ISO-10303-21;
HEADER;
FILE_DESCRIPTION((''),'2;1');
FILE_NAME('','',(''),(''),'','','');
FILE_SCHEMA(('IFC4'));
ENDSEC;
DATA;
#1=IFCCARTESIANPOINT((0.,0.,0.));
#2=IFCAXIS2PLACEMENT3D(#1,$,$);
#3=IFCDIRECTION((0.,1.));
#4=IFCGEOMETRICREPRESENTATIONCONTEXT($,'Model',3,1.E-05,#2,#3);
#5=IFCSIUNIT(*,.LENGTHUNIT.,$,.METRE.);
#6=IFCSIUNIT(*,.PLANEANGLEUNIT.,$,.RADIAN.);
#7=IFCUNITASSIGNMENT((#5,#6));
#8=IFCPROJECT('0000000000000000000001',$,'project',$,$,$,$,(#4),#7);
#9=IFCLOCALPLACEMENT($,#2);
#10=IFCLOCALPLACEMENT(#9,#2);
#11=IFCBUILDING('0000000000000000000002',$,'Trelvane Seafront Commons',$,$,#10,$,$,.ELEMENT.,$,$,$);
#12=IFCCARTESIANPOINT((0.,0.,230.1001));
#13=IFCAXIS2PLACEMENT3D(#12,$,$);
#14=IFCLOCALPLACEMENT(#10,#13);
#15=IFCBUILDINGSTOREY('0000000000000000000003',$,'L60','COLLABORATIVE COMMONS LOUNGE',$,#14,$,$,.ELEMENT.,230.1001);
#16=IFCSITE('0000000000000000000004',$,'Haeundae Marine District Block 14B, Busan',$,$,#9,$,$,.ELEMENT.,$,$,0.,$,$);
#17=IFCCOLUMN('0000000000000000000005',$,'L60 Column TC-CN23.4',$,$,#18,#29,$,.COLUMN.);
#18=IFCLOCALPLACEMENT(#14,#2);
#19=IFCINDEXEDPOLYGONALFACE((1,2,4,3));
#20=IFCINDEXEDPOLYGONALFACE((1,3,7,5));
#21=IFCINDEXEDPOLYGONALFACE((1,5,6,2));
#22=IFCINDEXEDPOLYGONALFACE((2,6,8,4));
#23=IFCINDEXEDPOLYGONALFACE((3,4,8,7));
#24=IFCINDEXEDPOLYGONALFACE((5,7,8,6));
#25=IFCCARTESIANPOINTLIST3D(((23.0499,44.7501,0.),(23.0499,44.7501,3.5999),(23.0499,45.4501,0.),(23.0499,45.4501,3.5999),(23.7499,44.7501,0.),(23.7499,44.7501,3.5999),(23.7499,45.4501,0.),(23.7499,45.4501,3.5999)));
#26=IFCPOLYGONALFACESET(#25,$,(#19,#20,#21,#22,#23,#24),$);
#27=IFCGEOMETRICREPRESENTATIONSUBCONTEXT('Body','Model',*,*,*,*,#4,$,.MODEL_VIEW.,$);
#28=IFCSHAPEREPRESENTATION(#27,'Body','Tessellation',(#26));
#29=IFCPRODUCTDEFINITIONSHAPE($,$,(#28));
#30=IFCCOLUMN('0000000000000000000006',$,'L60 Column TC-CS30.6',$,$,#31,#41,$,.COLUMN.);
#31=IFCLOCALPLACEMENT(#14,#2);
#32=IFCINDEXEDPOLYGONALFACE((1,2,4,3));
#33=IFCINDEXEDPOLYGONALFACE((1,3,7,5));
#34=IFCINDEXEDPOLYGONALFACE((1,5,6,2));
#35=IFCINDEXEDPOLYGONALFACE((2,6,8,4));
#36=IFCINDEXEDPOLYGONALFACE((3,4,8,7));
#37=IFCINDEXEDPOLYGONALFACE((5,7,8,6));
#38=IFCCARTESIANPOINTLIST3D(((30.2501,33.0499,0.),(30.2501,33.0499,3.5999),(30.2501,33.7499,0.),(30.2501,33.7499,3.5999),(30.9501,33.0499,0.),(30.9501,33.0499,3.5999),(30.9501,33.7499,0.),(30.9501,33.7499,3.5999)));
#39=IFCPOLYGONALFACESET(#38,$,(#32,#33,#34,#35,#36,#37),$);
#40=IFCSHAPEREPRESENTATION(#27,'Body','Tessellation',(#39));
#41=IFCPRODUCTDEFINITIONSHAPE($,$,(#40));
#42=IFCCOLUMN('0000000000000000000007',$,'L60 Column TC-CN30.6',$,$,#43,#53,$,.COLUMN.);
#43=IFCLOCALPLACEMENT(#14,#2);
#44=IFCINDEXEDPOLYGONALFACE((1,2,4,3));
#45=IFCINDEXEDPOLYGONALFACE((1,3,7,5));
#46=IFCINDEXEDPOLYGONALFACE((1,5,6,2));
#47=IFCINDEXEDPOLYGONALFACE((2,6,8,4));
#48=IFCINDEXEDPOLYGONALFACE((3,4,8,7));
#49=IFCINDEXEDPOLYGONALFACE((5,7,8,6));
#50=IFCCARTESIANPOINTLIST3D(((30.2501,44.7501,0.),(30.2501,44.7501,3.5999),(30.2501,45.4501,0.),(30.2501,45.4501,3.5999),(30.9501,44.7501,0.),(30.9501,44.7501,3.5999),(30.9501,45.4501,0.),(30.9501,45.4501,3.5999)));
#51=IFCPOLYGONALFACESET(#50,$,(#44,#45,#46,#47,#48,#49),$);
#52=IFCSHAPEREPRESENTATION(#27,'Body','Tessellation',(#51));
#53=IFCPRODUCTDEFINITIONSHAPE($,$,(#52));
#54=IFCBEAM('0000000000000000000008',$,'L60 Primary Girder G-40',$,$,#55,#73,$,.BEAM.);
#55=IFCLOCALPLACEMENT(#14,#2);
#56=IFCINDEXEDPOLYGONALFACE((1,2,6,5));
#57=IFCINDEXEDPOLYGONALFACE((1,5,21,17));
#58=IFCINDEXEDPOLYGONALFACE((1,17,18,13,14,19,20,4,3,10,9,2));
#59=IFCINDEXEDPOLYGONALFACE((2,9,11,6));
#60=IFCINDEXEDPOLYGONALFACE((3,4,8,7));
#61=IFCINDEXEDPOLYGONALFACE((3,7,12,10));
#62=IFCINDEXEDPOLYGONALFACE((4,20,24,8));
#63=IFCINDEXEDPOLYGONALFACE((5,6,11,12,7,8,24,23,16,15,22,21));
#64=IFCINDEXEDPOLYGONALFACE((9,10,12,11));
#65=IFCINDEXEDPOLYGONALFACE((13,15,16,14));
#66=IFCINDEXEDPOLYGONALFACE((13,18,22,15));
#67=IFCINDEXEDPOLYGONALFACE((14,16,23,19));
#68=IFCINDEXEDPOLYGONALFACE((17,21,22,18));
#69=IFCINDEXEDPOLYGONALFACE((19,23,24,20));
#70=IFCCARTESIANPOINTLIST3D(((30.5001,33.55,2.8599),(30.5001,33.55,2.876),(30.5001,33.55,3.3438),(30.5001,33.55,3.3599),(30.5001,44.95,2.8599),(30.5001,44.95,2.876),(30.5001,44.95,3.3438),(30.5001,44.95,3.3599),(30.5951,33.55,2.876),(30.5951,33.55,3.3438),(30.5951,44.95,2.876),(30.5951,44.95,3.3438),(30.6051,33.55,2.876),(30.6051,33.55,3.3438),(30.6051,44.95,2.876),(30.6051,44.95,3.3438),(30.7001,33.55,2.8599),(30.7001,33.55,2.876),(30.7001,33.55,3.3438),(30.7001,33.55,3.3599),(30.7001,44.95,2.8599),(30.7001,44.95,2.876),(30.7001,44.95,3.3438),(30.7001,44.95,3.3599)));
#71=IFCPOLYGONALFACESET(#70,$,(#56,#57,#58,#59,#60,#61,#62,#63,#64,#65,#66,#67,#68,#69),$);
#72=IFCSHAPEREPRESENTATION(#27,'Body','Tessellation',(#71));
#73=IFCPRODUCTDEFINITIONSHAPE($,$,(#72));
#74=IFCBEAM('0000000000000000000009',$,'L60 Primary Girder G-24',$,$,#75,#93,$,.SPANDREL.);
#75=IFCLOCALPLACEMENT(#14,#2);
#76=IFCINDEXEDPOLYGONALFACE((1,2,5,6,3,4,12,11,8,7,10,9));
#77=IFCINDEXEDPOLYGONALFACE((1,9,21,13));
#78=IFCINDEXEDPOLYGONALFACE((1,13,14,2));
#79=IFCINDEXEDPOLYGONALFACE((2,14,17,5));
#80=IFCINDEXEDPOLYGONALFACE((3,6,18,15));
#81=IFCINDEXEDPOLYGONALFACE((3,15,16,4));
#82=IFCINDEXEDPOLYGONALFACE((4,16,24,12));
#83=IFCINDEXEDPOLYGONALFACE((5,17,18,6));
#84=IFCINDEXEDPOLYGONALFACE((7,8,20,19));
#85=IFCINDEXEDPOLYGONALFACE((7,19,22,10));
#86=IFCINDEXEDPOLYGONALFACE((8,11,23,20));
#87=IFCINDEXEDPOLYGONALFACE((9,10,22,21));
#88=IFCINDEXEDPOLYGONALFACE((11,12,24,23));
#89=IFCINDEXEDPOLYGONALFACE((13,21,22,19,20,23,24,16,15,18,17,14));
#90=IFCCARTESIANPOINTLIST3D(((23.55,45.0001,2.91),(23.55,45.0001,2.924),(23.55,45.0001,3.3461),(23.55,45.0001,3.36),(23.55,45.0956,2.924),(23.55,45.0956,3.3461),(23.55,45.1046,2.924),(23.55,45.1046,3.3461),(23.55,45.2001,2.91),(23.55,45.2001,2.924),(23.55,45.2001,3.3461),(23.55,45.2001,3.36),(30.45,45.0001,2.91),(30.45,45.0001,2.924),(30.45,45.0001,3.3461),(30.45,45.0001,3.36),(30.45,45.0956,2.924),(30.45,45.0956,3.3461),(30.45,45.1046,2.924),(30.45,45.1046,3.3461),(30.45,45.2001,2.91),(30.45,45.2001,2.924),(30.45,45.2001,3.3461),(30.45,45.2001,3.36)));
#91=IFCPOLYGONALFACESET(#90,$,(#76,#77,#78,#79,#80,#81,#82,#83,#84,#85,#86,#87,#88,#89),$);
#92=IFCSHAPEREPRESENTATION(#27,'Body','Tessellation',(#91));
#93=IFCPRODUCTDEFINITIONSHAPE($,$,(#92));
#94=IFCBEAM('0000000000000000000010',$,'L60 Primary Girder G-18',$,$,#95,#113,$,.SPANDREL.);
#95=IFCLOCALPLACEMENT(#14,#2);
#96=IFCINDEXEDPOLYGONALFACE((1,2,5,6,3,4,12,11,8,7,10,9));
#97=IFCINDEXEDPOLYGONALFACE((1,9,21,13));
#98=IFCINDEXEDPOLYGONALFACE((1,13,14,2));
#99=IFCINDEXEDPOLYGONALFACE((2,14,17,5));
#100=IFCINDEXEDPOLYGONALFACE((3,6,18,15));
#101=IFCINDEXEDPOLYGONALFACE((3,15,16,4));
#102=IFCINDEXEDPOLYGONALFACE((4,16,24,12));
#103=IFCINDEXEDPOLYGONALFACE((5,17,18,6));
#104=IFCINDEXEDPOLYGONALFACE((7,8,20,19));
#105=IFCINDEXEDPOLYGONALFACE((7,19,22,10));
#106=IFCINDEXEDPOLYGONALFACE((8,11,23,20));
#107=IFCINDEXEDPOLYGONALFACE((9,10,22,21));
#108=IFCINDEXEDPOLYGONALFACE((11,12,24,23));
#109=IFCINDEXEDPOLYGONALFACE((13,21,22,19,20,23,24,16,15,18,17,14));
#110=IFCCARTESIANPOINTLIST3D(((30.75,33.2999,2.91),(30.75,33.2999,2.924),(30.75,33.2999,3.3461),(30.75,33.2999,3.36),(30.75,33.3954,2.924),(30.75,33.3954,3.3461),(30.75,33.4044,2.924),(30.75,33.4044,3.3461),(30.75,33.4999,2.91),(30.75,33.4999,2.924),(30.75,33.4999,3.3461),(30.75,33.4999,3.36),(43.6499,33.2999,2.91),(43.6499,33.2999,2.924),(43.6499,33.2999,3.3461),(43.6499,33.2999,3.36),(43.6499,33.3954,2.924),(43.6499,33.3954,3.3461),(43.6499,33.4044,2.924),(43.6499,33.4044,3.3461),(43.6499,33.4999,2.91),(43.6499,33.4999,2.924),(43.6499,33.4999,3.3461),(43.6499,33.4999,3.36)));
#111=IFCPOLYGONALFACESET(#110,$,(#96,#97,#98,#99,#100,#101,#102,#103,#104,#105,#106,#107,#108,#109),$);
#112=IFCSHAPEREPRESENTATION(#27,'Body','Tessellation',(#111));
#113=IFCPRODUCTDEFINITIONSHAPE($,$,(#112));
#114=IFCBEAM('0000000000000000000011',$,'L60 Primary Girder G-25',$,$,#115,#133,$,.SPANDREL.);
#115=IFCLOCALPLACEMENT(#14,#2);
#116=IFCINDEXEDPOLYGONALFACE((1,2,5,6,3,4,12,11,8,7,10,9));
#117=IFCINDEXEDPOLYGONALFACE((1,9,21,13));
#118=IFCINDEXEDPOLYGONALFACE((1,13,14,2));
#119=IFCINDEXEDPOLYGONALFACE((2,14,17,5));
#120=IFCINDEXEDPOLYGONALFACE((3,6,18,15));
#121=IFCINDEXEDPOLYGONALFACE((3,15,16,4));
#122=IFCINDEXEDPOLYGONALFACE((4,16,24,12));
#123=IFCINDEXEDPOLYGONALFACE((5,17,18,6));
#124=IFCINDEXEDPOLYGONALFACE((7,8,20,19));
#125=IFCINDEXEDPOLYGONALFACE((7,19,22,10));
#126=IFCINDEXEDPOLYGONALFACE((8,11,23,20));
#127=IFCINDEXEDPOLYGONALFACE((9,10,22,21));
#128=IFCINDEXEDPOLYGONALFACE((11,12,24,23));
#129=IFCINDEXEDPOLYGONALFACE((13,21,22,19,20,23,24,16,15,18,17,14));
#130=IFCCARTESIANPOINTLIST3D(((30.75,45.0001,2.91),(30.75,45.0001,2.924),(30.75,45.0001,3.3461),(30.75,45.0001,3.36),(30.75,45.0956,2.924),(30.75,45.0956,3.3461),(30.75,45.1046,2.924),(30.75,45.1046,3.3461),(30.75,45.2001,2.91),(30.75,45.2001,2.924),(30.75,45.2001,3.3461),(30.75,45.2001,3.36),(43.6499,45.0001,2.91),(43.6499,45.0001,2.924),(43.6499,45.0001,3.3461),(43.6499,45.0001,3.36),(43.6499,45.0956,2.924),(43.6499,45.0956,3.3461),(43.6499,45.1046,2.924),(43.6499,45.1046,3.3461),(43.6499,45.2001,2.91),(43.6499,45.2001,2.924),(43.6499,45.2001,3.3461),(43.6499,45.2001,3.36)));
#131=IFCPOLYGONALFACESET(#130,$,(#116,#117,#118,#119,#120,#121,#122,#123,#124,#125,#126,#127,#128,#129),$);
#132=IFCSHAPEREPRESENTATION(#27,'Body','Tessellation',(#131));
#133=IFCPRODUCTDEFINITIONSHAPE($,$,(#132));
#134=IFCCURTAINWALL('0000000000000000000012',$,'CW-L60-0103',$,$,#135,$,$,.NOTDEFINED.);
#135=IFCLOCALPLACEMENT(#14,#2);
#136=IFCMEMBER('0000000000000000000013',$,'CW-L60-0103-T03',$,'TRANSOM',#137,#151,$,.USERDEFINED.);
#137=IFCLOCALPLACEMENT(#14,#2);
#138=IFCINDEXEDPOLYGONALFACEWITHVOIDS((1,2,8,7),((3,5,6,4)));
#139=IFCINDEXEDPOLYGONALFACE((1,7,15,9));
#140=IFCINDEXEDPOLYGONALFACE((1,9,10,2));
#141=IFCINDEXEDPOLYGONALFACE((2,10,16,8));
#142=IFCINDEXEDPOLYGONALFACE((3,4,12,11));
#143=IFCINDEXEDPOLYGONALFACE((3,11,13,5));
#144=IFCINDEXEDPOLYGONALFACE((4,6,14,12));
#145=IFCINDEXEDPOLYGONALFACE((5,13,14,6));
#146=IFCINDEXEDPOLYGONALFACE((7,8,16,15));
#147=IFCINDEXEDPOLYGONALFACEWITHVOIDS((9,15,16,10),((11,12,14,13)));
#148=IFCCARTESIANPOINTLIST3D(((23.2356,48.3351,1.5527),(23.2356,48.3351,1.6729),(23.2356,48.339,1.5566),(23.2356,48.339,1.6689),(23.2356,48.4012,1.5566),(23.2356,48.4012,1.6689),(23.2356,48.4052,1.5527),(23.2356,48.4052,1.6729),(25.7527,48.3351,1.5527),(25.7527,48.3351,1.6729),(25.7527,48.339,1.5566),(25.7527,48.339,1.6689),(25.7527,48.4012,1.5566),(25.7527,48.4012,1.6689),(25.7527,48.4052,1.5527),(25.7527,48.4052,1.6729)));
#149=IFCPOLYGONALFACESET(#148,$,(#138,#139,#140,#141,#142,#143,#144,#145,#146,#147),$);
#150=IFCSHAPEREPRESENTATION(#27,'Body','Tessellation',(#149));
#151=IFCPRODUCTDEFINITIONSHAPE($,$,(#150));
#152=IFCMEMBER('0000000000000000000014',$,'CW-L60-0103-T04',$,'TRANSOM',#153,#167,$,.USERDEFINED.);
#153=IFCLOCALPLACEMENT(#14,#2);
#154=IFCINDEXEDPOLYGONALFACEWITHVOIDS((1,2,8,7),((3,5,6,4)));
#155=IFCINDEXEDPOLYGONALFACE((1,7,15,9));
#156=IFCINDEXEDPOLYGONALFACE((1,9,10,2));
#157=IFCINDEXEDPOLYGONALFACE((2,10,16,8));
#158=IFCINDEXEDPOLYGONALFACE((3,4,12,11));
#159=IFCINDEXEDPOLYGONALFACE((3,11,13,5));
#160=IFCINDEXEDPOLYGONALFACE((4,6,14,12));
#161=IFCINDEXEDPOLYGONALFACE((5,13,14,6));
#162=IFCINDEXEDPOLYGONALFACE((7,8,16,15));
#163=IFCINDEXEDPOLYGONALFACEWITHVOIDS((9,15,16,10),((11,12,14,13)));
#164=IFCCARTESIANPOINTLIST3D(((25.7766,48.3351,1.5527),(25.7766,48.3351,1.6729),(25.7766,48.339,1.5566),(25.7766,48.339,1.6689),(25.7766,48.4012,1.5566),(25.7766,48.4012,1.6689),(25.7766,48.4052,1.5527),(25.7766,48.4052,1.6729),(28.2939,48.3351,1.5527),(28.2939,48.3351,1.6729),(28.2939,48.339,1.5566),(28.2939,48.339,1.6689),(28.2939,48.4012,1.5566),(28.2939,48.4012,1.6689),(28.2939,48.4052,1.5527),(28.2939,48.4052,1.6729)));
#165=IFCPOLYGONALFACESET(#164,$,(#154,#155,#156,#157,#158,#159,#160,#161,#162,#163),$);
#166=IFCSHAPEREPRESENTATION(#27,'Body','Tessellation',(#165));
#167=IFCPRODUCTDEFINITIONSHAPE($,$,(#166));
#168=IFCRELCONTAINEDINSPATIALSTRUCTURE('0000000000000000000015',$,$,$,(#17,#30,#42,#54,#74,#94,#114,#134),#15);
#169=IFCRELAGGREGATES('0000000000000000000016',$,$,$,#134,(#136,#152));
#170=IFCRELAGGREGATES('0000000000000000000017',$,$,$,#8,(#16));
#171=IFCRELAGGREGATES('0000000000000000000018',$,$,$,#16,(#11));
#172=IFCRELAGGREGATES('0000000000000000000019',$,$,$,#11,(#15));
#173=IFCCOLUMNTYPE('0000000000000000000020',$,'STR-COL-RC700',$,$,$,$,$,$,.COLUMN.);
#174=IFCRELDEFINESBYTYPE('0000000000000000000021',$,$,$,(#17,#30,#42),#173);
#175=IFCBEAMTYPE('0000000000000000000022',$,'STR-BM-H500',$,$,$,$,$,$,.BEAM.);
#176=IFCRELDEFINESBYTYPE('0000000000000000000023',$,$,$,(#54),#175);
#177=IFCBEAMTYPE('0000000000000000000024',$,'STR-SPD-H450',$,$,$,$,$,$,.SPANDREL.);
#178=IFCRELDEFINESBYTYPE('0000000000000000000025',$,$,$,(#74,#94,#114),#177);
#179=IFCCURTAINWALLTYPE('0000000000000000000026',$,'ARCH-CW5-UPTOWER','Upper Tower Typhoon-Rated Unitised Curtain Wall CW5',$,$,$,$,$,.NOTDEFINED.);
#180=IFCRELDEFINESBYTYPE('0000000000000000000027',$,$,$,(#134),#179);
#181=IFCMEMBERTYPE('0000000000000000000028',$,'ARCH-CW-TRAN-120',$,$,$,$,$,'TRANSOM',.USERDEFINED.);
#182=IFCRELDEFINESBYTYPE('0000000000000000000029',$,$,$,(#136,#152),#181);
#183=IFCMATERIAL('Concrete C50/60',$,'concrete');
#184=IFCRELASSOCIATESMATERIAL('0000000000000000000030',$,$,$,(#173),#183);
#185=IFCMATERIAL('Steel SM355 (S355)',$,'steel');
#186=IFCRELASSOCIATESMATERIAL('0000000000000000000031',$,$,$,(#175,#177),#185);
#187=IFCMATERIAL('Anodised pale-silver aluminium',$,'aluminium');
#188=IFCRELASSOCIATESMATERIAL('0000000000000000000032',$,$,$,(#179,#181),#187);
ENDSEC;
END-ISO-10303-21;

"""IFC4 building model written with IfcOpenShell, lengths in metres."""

from ifc_helpers import new_model, si_unit, direction, frame, origin, origin_2d, place, context, subcontext, project, spatial, rectangle, hollow_rectangle, i_section, extrude, source, transform, mapped, material, material_profile, profile_set, type_object, element, aggregate, save


model = new_model("IFC4")

# Units and contexts
model_context = context("Model", 3, precision=1e-05, world=origin(), true_north=direction((0.0, 1.0)))
body_context = subcontext(model_context, "Body", "Model", "MODEL_VIEW")
ifc_project = project(units=[si_unit("LENGTHUNIT", "METRE"), si_unit("PLANEANGLEUNIT", "RADIAN")], contexts=[model_context])

# Site, building, storey
site_placement = place(None, origin())
site = spatial("IfcSite", under=ifc_project, at=site_placement, Name="Haeundae Marine District Block 14B, Busan", CompositionType="ELEMENT", RefElevation=0.0)
building_placement = place(site_placement, origin())
building = spatial("IfcBuilding", under=site, at=building_placement, Name="Trelvane Seafront Commons", CompositionType="ELEMENT")
storey_placement = place(building_placement, frame((0.0, 0.0, 230.1001)))
storey = spatial("IfcBuildingStorey", under=building, at=storey_placement, Name="L60", Description="COLLABORATIVE COMMONS LOUNGE", CompositionType="ELEMENT", Elevation=230.1001)

# Columns
ifc_material_1 = material(Name="Concrete C50/60", Category="concrete")
ifc_material_profile_1 = material_profile(ifc_material_1, rectangle(XDim=0.7, YDim=0.7, at=origin_2d()), Name="RC-700x700")
ifc_profile_set_1 = profile_set([ifc_material_profile_1], Name="Concrete C50/60")
column_type = type_object("IfcColumnType", Name="STR-COL-RC700", PredefinedType="COLUMN", material=ifc_profile_set_1)
shared_shape_1 = source(origin(), body_context, "Body", "SweptSolid", [
    extrude(rectangle(XDim=0.7, YDim=0.7, at=origin_2d()), origin(), (0.0, 0.0, 1.0), 3.5999),
])
for number, where, z_axis, x_axis, name in (
    (1, (23.3999, 45.1001, 0.0), (0.0, 0.0, 1.0), (1.0, 0.0, 0.0), "L60 Column TC-CN23.4"),
    (2, (30.6001, 33.3999, 0.0), (0.0, 0.0, 1.0), (1.0, 0.0, 0.0), "L60 Column TC-CS30.6"),
    (3, (30.6001, 45.1001, 0.0), (0.0, 0.0, 1.0), (1.0, 0.0, 0.0), "L60 Column TC-CN30.6"),
):
    element("IfcColumn", number, at=place(storey_placement, frame(where, z_axis=z_axis, x_axis=x_axis)), inside=storey, type_object=column_type, Name=name, PredefinedType="COLUMN", context=body_context, shape_type="MappedRepresentation", body=[
        mapped(shared_shape_1, transform((0.0, 0.0, 0.0), x_axis=(1.0, 0.0, 0.0), y_axis=(0.0, 1.0, 0.0), z_axis=(0.0, 0.0, 1.0), scale=1.0)),
    ])

# Beams
ifc_material_2 = material(Name="Steel SM355 (S355)", Category="steel")
ifc_material_profile_2 = material_profile(ifc_material_2, i_section(OverallWidth=0.2, OverallDepth=0.5, WebThickness=0.01, FlangeThickness=0.0161, at=origin_2d()), Name="H-500x200x10x16")
ifc_profile_set_2 = profile_set([ifc_material_profile_2], Name="Steel SM355 (S355)")
beam_type_1 = type_object("IfcBeamType", Name="STR-BM-H500", PredefinedType="BEAM", material=ifc_profile_set_2)
shared_shape_2 = source(origin(), body_context, "Body", "SweptSolid", [
    extrude(i_section(OverallWidth=0.2, OverallDepth=0.5, WebThickness=0.01, FlangeThickness=0.0161, at=origin_2d()), origin(), (0.0, 0.0, 1.0), 11.3999),
])
beam_1_placement = place(storey_placement, frame((30.6001, 33.55, 3.1099), z_axis=(0.0, 1.0, 0.0), x_axis=(-1.0, 0.0, 0.0)))
element("IfcBeam", 4, at=beam_1_placement, inside=storey, type_object=beam_type_1, Name="L60 Primary Girder G-40", PredefinedType="BEAM", context=body_context, shape_type="MappedRepresentation", body=[
    mapped(shared_shape_2, transform((0.0, 0.0, 0.0), x_axis=(1.0, 0.0, 0.0), y_axis=(0.0, 1.0, 0.0), z_axis=(0.0, 0.0, 1.0), scale=1.0)),
])
ifc_material_profile_3 = material_profile(ifc_material_2, i_section(OverallWidth=0.2, OverallDepth=0.45, WebThickness=0.009, FlangeThickness=0.0139, at=origin_2d()), Name="H-450x200x9x14")
ifc_profile_set_3 = profile_set([ifc_material_profile_3], Name="Steel SM355 (S355)")
beam_type_2 = type_object("IfcBeamType", Name="STR-SPD-H450", PredefinedType="SPANDREL", material=ifc_profile_set_3)
shared_shape_3 = source(origin(), body_context, "Body", "SweptSolid", [
    extrude(i_section(OverallWidth=0.2, OverallDepth=0.45, WebThickness=0.009, FlangeThickness=0.0139, at=origin_2d()), origin(), (0.0, 0.0, 1.0), 6.8999),
])
beam_2_placement = place(storey_placement, frame((23.55, 45.1001, 3.135), z_axis=(1.0, 0.0, 0.0), x_axis=(0.0, 1.0, 0.0)))
element("IfcBeam", 5, at=beam_2_placement, inside=storey, type_object=beam_type_2, Name="L60 Primary Girder G-24", PredefinedType="SPANDREL", context=body_context, shape_type="MappedRepresentation", body=[
    mapped(shared_shape_3, transform((0.0, 0.0, 0.0), x_axis=(1.0, 0.0, 0.0), y_axis=(0.0, 1.0, 0.0), z_axis=(0.0, 0.0, 1.0), scale=1.0)),
])
shared_shape_4 = source(origin(), body_context, "Body", "SweptSolid", [
    extrude(i_section(OverallWidth=0.2, OverallDepth=0.45, WebThickness=0.009, FlangeThickness=0.0139, at=origin_2d()), origin(), (0.0, 0.0, 1.0), 12.8999),
])
for number, where, z_axis, x_axis, name in (
    (6, (30.75, 33.3999, 3.135), (1.0, 0.0, 0.0), (0.0, 1.0, 0.0), "L60 Primary Girder G-18"),
    (7, (30.75, 45.1001, 3.135), (1.0, 0.0, 0.0), (0.0, 1.0, 0.0), "L60 Primary Girder G-25"),
):
    element("IfcBeam", number, at=place(storey_placement, frame(where, z_axis=z_axis, x_axis=x_axis)), inside=storey, type_object=beam_type_2, Name=name, PredefinedType="SPANDREL", context=body_context, shape_type="MappedRepresentation", body=[
        mapped(shared_shape_4, transform((0.0, 0.0, 0.0), x_axis=(1.0, 0.0, 0.0), y_axis=(0.0, 1.0, 0.0), z_axis=(0.0, 0.0, 1.0), scale=1.0)),
    ])

# Curtain wall, members
ifc_material_3 = material(Name="Anodised pale-silver aluminium", Category="aluminium")
curtain_wall_type = type_object("IfcCurtainWallType", Name="ARCH-CW5-UPTOWER", Description="Upper Tower Typhoon-Rated Unitised Curtain Wall CW5", PredefinedType="NOTDEFINED", material=ifc_material_3)
curtain_wall_placement = place(storey_placement, origin())
curtain_wall = element("IfcCurtainWall", 8, at=curtain_wall_placement, inside=storey, type_object=curtain_wall_type, Name="CW-L60-0103", PredefinedType="NOTDEFINED")
ifc_material_profile_4 = material_profile(ifc_material_3, hollow_rectangle(XDim=0.0701, YDim=0.1201, WallThickness=0.0039, at=origin_2d()), Name="TRAN-70x120x4")
ifc_profile_set_4 = profile_set([ifc_material_profile_4], Name="Anodised pale-silver aluminium")
member_type_1 = type_object("IfcMemberType", Name="ARCH-CW-TRAN-120", ElementType="TRANSOM", PredefinedType="USERDEFINED", material=ifc_profile_set_4)
shared_shape_5 = source(origin(), body_context, "Body", "SweptSolid", [
    extrude(hollow_rectangle(XDim=0.0701, YDim=0.1201, WallThickness=0.0039, at=origin_2d()), origin(), (0.0, 0.0, 1.0), 2.5171),
])
member_1_placement = place(storey_placement, frame((23.2356, 48.3701, 1.6128), z_axis=(1.0, 0.0, 0.0), x_axis=(0.0, 1.0, 0.0)))
member_1 = element("IfcMember", 9, at=member_1_placement, type_object=member_type_1, Name="CW-L60-0103-T03", ObjectType="TRANSOM", PredefinedType="USERDEFINED", context=body_context, shape_type="MappedRepresentation", body=[
    mapped(shared_shape_5, transform((0.0, 0.0, 0.0), x_axis=(1.0, 0.0, 0.0), y_axis=(0.0, 1.0, 0.0), z_axis=(0.0, 0.0, 1.0), scale=1.0)),
])
shared_shape_6 = source(origin(), body_context, "Body", "SweptSolid", [
    extrude(hollow_rectangle(XDim=0.0701, YDim=0.1201, WallThickness=0.0039, at=origin_2d()), origin(), (0.0, 0.0, 1.0), 2.5173),
])
member_2_placement = place(storey_placement, frame((25.7766, 48.3701, 1.6128), z_axis=(1.0, 0.0, 0.0), x_axis=(0.0, 1.0, 0.0)))
member_2 = element("IfcMember", 10, at=member_2_placement, type_object=member_type_1, Name="CW-L60-0103-T04", ObjectType="TRANSOM", PredefinedType="USERDEFINED", context=body_context, shape_type="MappedRepresentation", body=[
    mapped(shared_shape_6, transform((0.0, 0.0, 0.0), x_axis=(1.0, 0.0, 0.0), y_axis=(0.0, 1.0, 0.0), z_axis=(0.0, 0.0, 1.0), scale=1.0)),
])
aggregate(curtain_wall, [member_1, member_2])

save(model, "model.ifc")
